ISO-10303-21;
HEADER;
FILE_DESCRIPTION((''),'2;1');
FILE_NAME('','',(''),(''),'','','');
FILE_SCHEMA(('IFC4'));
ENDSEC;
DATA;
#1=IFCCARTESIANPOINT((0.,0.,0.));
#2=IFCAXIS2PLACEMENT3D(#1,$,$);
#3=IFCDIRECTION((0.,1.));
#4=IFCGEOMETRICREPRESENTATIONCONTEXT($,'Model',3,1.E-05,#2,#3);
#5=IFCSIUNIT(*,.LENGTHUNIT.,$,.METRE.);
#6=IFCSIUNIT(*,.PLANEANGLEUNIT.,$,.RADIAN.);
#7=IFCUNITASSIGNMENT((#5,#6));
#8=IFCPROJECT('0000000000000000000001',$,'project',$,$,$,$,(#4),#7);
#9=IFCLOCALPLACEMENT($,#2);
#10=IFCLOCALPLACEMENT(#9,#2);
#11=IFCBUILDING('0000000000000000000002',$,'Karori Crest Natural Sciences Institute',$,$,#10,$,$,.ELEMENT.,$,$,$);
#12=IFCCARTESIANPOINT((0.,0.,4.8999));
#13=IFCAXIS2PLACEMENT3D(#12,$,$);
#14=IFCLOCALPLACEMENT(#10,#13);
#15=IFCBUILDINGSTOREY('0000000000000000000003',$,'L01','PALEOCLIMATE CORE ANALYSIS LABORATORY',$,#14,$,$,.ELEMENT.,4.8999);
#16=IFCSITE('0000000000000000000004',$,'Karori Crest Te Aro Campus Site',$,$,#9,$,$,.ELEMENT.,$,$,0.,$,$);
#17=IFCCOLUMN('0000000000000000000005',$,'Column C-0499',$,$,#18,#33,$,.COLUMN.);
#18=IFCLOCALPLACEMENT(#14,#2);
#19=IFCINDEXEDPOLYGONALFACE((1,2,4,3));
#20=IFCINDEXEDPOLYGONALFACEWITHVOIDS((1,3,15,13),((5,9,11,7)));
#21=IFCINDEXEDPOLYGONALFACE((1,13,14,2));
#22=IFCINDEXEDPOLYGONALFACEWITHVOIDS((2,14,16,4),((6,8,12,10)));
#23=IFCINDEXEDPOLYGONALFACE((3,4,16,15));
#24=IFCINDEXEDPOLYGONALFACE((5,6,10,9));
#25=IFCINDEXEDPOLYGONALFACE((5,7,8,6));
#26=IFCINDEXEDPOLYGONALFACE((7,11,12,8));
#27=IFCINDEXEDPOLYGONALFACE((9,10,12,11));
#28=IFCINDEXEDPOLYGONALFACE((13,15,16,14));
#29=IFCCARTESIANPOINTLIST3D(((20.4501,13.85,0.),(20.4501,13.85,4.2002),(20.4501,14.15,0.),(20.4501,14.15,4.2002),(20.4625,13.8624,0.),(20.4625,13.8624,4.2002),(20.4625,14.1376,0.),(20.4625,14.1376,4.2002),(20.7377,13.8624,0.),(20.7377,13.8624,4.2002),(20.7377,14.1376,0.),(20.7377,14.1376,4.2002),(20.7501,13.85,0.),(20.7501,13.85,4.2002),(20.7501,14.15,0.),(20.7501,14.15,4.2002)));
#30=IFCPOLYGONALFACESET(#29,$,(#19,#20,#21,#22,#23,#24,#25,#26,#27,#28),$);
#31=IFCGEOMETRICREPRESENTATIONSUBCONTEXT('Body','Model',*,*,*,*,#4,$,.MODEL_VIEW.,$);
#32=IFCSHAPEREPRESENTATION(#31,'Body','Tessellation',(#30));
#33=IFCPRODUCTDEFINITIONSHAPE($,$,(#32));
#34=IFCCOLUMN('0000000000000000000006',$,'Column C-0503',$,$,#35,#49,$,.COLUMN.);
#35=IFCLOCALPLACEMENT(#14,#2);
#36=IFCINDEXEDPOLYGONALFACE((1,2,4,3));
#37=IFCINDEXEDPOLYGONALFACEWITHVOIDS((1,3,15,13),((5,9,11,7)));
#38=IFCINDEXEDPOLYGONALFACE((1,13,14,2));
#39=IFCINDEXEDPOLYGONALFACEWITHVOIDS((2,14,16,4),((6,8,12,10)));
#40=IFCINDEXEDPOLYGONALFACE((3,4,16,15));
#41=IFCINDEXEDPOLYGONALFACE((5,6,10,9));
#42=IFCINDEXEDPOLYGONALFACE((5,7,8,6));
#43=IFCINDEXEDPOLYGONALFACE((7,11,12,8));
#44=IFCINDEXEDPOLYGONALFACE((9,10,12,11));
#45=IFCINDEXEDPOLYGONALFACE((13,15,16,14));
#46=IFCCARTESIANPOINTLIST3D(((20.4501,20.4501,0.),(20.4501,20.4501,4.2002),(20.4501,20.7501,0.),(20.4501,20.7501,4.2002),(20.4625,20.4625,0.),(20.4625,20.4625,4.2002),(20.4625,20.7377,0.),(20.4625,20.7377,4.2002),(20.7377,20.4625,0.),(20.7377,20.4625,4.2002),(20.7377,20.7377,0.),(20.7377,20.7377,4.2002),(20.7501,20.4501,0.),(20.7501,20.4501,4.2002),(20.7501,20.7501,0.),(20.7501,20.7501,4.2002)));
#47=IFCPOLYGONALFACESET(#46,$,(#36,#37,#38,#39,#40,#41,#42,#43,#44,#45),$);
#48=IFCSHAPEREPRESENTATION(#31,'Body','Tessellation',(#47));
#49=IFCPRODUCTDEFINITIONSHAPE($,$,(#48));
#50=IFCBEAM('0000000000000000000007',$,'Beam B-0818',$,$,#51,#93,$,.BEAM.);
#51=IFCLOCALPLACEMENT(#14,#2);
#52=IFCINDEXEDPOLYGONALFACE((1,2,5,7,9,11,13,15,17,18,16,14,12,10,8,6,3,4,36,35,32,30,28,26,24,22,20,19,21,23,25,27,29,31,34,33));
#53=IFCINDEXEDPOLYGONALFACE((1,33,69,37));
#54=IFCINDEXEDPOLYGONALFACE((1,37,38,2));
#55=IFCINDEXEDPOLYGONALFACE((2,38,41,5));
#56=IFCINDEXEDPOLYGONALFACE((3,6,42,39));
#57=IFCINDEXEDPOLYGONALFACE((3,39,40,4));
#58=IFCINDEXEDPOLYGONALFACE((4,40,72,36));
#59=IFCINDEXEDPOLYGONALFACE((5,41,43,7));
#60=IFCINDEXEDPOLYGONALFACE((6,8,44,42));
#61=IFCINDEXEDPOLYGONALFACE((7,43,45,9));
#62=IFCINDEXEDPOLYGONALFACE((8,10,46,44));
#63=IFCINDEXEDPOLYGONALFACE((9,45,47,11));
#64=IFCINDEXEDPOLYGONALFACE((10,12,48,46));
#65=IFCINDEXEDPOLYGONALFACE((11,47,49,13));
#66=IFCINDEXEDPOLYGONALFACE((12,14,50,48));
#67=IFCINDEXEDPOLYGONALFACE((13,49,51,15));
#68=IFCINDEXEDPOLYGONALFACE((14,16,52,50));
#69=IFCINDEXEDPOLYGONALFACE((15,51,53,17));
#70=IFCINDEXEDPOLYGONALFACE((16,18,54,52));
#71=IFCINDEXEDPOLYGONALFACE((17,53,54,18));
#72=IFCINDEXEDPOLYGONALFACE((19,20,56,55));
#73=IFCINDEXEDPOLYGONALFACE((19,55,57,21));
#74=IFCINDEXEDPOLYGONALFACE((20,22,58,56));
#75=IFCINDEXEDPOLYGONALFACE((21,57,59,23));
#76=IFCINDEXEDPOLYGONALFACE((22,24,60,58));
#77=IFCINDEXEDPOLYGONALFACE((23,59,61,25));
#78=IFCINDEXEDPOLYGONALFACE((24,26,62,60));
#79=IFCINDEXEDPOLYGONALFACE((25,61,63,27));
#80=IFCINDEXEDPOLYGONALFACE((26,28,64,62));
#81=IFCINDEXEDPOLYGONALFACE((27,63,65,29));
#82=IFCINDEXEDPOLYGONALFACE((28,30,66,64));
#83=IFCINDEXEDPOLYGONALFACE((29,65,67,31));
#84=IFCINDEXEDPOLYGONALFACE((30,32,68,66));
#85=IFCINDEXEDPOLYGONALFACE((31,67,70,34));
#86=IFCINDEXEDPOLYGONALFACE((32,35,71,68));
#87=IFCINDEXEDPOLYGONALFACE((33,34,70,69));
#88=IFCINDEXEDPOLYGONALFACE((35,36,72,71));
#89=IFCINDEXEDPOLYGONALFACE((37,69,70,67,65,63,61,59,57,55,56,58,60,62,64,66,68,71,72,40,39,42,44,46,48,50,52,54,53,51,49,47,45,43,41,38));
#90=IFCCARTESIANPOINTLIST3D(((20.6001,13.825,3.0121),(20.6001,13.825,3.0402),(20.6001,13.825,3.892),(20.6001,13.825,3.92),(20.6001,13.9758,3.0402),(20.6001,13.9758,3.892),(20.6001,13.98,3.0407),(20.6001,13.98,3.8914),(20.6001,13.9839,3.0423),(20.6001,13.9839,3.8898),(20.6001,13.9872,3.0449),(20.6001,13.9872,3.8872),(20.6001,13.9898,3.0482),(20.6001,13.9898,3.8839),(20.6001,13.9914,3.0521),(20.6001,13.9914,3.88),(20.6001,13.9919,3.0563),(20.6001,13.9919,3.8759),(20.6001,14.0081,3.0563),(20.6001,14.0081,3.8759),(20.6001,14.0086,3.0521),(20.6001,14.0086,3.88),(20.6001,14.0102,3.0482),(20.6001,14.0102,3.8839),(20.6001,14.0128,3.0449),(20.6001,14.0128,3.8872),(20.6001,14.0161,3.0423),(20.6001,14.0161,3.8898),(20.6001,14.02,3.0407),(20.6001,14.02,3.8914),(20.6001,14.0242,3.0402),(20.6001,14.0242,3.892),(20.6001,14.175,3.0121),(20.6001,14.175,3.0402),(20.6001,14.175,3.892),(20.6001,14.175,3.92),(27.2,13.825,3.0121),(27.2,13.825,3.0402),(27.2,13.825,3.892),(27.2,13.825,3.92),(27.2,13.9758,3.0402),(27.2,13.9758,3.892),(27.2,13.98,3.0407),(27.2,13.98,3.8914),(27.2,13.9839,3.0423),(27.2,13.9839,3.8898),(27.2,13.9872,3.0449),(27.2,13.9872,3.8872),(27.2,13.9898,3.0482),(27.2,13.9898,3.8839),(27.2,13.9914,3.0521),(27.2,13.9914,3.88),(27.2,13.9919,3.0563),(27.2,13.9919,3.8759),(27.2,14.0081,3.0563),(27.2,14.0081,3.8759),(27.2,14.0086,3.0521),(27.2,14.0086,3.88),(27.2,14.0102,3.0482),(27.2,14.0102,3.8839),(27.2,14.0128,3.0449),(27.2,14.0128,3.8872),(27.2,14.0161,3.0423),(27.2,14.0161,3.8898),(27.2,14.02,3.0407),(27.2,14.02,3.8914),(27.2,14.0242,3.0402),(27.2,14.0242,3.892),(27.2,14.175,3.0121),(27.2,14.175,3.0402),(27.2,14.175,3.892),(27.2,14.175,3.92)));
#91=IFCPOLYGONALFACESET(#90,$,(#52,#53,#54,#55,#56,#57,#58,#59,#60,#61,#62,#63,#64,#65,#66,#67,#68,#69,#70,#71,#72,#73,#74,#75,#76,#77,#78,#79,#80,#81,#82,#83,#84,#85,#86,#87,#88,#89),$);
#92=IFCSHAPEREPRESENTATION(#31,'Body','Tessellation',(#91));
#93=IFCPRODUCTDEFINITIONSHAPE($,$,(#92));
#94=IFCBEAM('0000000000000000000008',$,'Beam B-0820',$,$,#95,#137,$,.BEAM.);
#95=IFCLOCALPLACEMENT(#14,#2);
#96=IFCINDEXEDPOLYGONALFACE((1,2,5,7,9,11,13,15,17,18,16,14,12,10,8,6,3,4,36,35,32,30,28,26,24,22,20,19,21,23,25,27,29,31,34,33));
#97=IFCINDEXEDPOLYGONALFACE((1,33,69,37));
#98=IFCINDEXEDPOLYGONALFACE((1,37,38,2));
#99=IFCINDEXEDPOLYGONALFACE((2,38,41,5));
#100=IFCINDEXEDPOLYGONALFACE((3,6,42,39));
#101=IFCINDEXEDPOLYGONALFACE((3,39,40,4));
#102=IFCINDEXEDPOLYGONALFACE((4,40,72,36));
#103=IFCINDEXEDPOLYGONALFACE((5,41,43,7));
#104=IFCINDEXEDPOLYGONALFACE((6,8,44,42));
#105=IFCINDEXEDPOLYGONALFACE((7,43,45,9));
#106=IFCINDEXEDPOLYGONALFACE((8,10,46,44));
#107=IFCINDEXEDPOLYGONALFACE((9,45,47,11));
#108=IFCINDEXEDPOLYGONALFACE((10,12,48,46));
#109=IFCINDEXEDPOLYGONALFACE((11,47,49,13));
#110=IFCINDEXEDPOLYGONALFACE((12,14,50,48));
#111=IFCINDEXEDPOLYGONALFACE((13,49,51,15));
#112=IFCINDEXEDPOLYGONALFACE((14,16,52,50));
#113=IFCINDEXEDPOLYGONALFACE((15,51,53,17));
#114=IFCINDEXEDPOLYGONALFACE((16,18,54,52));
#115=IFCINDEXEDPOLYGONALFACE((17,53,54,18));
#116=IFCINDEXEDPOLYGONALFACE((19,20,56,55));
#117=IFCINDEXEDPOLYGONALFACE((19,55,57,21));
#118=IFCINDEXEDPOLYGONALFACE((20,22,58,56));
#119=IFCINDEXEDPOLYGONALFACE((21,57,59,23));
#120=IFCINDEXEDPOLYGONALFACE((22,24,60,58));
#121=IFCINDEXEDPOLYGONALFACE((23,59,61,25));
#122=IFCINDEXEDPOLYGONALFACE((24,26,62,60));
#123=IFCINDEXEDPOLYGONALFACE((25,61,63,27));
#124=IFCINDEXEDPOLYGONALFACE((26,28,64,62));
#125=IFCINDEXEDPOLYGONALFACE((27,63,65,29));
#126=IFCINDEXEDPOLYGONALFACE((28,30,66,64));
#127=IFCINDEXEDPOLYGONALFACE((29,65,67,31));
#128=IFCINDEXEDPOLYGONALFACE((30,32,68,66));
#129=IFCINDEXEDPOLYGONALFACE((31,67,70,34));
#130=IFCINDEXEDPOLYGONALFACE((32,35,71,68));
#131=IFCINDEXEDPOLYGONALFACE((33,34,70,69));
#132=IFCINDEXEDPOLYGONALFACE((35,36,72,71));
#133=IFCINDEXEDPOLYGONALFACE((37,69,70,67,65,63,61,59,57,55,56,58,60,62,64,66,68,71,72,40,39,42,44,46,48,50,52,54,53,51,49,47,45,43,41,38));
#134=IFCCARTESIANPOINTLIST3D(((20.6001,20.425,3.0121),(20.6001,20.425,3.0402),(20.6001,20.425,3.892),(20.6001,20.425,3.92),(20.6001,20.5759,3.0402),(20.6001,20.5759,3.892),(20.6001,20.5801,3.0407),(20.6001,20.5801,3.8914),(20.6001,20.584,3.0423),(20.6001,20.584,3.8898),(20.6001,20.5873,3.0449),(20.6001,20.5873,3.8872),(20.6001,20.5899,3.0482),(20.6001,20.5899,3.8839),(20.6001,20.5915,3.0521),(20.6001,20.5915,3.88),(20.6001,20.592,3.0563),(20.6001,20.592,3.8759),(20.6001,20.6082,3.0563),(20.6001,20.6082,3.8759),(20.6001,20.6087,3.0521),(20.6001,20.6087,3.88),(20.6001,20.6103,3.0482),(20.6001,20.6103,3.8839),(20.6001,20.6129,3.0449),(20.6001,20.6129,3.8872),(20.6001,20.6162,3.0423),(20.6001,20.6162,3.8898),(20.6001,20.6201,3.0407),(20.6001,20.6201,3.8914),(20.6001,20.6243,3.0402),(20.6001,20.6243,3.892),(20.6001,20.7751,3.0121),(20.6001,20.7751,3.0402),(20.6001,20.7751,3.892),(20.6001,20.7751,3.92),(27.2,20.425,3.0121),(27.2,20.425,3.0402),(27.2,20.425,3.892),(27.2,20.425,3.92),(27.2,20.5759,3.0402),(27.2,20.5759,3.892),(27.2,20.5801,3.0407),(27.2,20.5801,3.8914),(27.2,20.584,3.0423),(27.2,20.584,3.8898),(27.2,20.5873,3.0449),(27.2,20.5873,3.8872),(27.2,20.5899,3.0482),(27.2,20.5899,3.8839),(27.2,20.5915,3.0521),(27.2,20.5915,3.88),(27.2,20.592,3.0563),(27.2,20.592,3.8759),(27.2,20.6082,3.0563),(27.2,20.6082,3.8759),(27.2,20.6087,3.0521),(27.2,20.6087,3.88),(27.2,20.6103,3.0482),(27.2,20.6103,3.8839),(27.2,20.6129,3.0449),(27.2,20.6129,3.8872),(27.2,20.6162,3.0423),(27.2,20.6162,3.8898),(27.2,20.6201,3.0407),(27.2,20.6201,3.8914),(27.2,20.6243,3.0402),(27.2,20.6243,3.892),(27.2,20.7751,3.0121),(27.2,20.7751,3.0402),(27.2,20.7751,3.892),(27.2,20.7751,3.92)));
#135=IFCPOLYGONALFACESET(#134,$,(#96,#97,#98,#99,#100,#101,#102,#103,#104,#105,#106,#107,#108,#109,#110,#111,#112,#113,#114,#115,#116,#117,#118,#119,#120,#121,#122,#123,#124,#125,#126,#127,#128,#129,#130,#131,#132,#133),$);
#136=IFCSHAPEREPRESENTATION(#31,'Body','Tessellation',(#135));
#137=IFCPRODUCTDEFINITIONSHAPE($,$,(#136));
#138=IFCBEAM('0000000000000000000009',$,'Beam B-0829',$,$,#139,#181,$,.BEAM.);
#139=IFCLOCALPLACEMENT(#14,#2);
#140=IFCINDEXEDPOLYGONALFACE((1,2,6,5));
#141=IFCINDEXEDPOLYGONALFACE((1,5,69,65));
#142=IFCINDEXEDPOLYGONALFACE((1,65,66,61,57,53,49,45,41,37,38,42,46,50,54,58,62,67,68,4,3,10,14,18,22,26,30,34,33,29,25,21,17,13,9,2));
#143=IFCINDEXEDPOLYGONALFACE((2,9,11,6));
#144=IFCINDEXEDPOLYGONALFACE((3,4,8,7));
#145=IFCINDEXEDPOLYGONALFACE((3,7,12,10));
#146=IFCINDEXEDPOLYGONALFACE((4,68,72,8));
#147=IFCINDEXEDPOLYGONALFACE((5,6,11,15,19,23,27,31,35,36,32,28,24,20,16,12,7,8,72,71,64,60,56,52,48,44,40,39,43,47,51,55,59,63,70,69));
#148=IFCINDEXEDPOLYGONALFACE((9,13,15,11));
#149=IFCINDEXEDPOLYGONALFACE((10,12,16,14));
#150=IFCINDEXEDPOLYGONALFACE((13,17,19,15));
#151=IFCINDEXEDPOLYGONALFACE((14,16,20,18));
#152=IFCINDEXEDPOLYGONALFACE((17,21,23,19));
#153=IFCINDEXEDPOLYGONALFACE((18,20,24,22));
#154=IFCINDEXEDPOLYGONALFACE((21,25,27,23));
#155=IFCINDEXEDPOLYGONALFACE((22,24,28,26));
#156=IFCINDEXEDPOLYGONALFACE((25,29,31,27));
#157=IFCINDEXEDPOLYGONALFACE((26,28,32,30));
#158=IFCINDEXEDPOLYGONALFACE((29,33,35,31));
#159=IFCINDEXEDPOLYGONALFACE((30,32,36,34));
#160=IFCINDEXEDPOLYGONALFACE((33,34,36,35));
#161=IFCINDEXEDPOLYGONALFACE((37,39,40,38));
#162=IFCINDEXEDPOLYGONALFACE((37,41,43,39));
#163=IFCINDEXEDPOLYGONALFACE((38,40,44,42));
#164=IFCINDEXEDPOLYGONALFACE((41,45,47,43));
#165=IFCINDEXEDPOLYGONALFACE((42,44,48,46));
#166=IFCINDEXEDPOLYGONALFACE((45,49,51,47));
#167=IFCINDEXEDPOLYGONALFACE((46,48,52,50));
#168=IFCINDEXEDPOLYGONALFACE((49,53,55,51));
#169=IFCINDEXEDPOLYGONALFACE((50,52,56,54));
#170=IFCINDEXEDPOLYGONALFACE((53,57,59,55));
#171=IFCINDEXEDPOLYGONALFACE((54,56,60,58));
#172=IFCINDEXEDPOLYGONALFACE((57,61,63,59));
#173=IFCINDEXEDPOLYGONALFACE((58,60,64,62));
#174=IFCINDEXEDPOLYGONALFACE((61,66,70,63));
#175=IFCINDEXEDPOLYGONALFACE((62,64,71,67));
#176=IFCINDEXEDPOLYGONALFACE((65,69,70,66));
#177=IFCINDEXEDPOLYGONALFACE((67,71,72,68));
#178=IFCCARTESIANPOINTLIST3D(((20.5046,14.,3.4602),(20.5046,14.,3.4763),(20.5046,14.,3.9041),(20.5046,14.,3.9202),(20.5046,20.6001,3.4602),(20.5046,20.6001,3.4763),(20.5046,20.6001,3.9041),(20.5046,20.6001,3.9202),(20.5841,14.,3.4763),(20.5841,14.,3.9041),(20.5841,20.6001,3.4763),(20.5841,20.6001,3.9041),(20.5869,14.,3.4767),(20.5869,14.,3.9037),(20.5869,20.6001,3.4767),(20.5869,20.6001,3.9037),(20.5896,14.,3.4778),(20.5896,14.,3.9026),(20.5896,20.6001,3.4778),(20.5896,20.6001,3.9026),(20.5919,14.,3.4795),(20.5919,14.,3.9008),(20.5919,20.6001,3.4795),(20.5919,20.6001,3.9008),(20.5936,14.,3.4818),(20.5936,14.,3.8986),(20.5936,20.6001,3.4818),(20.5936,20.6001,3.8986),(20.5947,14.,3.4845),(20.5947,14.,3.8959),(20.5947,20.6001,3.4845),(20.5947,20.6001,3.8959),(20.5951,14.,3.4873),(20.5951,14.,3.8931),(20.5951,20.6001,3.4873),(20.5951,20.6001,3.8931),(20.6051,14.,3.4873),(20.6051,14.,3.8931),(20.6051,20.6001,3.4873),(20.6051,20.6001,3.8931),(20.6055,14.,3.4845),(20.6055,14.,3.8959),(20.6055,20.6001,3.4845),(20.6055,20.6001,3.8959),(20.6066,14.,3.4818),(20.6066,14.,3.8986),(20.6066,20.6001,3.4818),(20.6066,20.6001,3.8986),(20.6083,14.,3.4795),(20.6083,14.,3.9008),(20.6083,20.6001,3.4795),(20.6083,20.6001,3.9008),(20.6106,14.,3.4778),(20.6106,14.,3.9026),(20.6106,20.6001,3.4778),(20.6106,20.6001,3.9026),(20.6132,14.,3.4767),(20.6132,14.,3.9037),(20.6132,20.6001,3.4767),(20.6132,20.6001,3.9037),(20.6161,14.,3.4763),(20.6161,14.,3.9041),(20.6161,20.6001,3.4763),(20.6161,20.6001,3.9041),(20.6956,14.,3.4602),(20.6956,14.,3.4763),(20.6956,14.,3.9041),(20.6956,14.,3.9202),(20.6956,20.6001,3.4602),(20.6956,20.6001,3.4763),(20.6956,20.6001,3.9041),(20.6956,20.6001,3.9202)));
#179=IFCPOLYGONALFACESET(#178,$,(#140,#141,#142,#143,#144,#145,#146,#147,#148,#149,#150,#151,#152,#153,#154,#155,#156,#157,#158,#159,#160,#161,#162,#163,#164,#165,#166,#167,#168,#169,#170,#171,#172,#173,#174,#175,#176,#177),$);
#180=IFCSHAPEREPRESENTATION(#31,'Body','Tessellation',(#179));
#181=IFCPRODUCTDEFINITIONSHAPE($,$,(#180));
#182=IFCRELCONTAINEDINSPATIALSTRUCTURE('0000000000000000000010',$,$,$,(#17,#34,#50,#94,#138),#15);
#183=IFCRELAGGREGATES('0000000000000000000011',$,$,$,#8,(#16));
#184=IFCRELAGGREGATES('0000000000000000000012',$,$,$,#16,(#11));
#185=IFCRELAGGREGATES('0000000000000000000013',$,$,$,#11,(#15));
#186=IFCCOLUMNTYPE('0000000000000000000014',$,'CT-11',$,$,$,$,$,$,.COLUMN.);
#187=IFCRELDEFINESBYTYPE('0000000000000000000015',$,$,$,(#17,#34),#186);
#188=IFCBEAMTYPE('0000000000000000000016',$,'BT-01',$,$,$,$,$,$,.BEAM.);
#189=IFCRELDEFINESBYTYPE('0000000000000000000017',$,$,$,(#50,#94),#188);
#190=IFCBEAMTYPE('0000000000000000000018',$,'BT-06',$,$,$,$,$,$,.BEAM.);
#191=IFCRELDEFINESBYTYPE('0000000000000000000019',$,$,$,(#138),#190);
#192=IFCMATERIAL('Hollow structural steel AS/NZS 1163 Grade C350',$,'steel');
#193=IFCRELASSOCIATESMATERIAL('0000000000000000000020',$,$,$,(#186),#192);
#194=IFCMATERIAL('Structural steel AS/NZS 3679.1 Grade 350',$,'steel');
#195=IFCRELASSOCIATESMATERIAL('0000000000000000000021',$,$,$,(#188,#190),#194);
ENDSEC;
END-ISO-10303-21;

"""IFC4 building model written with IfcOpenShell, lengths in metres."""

from ifc_helpers import new_model, si_unit, direction, frame, origin, origin_2d, place, context, subcontext, project, spatial, hollow_rectangle, i_section, extrude, material, material_profile, profile_set, type_object, element, save


model = new_model("IFC4")

# Units and contexts
model_context = context("Model", 3, precision=1e-05, world=origin(), true_north=direction((0.0, 1.0)))
body_context = subcontext(model_context, "Body", "Model", "MODEL_VIEW")
ifc_project = project(units=[si_unit("LENGTHUNIT", "METRE"), si_unit("PLANEANGLEUNIT", "RADIAN")], contexts=[model_context])

# Site, building, storey
site_placement = place(None, origin())
site = spatial("IfcSite", under=ifc_project, at=site_placement, Name="Karori Crest Te Aro Campus Site", CompositionType="ELEMENT", RefElevation=0.0)
building_placement = place(site_placement, origin())
building = spatial("IfcBuilding", under=site, at=building_placement, Name="Karori Crest Natural Sciences Institute", CompositionType="ELEMENT")
storey_placement = place(building_placement, frame((0.0, 0.0, 4.8999)))
storey = spatial("IfcBuildingStorey", under=building, at=storey_placement, Name="L01", Description="PALEOCLIMATE CORE ANALYSIS LABORATORY", CompositionType="ELEMENT", Elevation=4.8999)

# Columns
ifc_material_1 = material(Name="Hollow structural steel AS/NZS 1163 Grade C350", Category="steel")
ifc_material_profile_1 = material_profile(ifc_material_1, hollow_rectangle(XDim=0.3, YDim=0.3, WallThickness=0.0125, at=origin_2d()), Name="SHS300x300x12.5")
ifc_profile_set_1 = profile_set([ifc_material_profile_1], Name="Hollow structural steel AS/NZS 1163 Grade C350")
column_type = type_object("IfcColumnType", Name="CT-11", PredefinedType="COLUMN", material=ifc_profile_set_1)
for number, where, z_axis, x_axis, name in (
    (1, (20.6001, 14.0, 0.0), (0.0, 0.0, 1.0), (1.0, 0.0, 0.0), "Column C-0499"),
    (2, (20.6001, 20.6001, 0.0), (0.0, 0.0, 1.0), (1.0, 0.0, 0.0), "Column C-0503"),
):
    element("IfcColumn", number, at=place(storey_placement, frame(where, z_axis=z_axis, x_axis=x_axis)), inside=storey, type_object=column_type, Name=name, PredefinedType="COLUMN", context=body_context, shape_type="SweptSolid", body=[
        extrude(hollow_rectangle(XDim=0.3, YDim=0.3, WallThickness=0.0125, at=origin_2d()), origin(), (0.0, 0.0, 1.0), 4.2002),
    ])

# Beams
ifc_material_2 = material(Name="Structural steel AS/NZS 3679.1 Grade 350", Category="steel")
ifc_material_profile_2 = material_profile(ifc_material_2, i_section(OverallWidth=0.3501, OverallDepth=0.908, WebThickness=0.0161, FlangeThickness=0.0281, FilletRadius=0.0161, at=origin_2d()), Name="900WB257")
ifc_profile_set_2 = profile_set([ifc_material_profile_2], Name="Structural steel AS/NZS 3679.1 Grade 350")
beam_type_1 = type_object("IfcBeamType", Name="BT-01", PredefinedType="BEAM", material=ifc_profile_set_2)
for number, where, z_axis, x_axis, name in (
    (3, (20.6001, 14.0, 3.4661), (1.0, 0.0, 0.0), (0.0, 1.0, 0.0), "Beam B-0818"),
    (4, (20.6001, 20.6001, 3.4661), (1.0, 0.0, 0.0), (0.0, 1.0, 0.0), "Beam B-0820"),
):
    element("IfcBeam", number, at=place(storey_placement, frame(where, z_axis=z_axis, x_axis=x_axis)), inside=storey, type_object=beam_type_1, Name=name, PredefinedType="BEAM", context=body_context, shape_type="SweptSolid", body=[
        extrude(i_section(OverallWidth=0.3501, OverallDepth=0.908, WebThickness=0.0161, FlangeThickness=0.0281, FilletRadius=0.0161, at=origin_2d()), origin(), (0.0, 0.0, 1.0), 6.5999),
    ])
ifc_material_profile_3 = material_profile(ifc_material_2, i_section(OverallWidth=0.1909, OverallDepth=0.46, WebThickness=0.01, FlangeThickness=0.0161, FilletRadius=0.011, at=origin_2d()), Name="460UB82.1")
ifc_profile_set_3 = profile_set([ifc_material_profile_3], Name="Structural steel AS/NZS 3679.1 Grade 350")
beam_type_2 = type_object("IfcBeamType", Name="BT-06", PredefinedType="BEAM", material=ifc_profile_set_3)
beam_1_placement = place(storey_placement, frame((20.6001, 14.0, 3.6902), z_axis=(0.0, 1.0, 0.0), x_axis=(-1.0, 0.0, 0.0)))
element("IfcBeam", 5, at=beam_1_placement, inside=storey, type_object=beam_type_2, Name="Beam B-0829", PredefinedType="BEAM", context=body_context, shape_type="SweptSolid", body=[
    extrude(i_section(OverallWidth=0.1909, OverallDepth=0.46, WebThickness=0.01, FlangeThickness=0.0161, FilletRadius=0.011, at=origin_2d()), origin(), (0.0, 0.0, 1.0), 6.6001),
])

save(model, "model.ifc")
